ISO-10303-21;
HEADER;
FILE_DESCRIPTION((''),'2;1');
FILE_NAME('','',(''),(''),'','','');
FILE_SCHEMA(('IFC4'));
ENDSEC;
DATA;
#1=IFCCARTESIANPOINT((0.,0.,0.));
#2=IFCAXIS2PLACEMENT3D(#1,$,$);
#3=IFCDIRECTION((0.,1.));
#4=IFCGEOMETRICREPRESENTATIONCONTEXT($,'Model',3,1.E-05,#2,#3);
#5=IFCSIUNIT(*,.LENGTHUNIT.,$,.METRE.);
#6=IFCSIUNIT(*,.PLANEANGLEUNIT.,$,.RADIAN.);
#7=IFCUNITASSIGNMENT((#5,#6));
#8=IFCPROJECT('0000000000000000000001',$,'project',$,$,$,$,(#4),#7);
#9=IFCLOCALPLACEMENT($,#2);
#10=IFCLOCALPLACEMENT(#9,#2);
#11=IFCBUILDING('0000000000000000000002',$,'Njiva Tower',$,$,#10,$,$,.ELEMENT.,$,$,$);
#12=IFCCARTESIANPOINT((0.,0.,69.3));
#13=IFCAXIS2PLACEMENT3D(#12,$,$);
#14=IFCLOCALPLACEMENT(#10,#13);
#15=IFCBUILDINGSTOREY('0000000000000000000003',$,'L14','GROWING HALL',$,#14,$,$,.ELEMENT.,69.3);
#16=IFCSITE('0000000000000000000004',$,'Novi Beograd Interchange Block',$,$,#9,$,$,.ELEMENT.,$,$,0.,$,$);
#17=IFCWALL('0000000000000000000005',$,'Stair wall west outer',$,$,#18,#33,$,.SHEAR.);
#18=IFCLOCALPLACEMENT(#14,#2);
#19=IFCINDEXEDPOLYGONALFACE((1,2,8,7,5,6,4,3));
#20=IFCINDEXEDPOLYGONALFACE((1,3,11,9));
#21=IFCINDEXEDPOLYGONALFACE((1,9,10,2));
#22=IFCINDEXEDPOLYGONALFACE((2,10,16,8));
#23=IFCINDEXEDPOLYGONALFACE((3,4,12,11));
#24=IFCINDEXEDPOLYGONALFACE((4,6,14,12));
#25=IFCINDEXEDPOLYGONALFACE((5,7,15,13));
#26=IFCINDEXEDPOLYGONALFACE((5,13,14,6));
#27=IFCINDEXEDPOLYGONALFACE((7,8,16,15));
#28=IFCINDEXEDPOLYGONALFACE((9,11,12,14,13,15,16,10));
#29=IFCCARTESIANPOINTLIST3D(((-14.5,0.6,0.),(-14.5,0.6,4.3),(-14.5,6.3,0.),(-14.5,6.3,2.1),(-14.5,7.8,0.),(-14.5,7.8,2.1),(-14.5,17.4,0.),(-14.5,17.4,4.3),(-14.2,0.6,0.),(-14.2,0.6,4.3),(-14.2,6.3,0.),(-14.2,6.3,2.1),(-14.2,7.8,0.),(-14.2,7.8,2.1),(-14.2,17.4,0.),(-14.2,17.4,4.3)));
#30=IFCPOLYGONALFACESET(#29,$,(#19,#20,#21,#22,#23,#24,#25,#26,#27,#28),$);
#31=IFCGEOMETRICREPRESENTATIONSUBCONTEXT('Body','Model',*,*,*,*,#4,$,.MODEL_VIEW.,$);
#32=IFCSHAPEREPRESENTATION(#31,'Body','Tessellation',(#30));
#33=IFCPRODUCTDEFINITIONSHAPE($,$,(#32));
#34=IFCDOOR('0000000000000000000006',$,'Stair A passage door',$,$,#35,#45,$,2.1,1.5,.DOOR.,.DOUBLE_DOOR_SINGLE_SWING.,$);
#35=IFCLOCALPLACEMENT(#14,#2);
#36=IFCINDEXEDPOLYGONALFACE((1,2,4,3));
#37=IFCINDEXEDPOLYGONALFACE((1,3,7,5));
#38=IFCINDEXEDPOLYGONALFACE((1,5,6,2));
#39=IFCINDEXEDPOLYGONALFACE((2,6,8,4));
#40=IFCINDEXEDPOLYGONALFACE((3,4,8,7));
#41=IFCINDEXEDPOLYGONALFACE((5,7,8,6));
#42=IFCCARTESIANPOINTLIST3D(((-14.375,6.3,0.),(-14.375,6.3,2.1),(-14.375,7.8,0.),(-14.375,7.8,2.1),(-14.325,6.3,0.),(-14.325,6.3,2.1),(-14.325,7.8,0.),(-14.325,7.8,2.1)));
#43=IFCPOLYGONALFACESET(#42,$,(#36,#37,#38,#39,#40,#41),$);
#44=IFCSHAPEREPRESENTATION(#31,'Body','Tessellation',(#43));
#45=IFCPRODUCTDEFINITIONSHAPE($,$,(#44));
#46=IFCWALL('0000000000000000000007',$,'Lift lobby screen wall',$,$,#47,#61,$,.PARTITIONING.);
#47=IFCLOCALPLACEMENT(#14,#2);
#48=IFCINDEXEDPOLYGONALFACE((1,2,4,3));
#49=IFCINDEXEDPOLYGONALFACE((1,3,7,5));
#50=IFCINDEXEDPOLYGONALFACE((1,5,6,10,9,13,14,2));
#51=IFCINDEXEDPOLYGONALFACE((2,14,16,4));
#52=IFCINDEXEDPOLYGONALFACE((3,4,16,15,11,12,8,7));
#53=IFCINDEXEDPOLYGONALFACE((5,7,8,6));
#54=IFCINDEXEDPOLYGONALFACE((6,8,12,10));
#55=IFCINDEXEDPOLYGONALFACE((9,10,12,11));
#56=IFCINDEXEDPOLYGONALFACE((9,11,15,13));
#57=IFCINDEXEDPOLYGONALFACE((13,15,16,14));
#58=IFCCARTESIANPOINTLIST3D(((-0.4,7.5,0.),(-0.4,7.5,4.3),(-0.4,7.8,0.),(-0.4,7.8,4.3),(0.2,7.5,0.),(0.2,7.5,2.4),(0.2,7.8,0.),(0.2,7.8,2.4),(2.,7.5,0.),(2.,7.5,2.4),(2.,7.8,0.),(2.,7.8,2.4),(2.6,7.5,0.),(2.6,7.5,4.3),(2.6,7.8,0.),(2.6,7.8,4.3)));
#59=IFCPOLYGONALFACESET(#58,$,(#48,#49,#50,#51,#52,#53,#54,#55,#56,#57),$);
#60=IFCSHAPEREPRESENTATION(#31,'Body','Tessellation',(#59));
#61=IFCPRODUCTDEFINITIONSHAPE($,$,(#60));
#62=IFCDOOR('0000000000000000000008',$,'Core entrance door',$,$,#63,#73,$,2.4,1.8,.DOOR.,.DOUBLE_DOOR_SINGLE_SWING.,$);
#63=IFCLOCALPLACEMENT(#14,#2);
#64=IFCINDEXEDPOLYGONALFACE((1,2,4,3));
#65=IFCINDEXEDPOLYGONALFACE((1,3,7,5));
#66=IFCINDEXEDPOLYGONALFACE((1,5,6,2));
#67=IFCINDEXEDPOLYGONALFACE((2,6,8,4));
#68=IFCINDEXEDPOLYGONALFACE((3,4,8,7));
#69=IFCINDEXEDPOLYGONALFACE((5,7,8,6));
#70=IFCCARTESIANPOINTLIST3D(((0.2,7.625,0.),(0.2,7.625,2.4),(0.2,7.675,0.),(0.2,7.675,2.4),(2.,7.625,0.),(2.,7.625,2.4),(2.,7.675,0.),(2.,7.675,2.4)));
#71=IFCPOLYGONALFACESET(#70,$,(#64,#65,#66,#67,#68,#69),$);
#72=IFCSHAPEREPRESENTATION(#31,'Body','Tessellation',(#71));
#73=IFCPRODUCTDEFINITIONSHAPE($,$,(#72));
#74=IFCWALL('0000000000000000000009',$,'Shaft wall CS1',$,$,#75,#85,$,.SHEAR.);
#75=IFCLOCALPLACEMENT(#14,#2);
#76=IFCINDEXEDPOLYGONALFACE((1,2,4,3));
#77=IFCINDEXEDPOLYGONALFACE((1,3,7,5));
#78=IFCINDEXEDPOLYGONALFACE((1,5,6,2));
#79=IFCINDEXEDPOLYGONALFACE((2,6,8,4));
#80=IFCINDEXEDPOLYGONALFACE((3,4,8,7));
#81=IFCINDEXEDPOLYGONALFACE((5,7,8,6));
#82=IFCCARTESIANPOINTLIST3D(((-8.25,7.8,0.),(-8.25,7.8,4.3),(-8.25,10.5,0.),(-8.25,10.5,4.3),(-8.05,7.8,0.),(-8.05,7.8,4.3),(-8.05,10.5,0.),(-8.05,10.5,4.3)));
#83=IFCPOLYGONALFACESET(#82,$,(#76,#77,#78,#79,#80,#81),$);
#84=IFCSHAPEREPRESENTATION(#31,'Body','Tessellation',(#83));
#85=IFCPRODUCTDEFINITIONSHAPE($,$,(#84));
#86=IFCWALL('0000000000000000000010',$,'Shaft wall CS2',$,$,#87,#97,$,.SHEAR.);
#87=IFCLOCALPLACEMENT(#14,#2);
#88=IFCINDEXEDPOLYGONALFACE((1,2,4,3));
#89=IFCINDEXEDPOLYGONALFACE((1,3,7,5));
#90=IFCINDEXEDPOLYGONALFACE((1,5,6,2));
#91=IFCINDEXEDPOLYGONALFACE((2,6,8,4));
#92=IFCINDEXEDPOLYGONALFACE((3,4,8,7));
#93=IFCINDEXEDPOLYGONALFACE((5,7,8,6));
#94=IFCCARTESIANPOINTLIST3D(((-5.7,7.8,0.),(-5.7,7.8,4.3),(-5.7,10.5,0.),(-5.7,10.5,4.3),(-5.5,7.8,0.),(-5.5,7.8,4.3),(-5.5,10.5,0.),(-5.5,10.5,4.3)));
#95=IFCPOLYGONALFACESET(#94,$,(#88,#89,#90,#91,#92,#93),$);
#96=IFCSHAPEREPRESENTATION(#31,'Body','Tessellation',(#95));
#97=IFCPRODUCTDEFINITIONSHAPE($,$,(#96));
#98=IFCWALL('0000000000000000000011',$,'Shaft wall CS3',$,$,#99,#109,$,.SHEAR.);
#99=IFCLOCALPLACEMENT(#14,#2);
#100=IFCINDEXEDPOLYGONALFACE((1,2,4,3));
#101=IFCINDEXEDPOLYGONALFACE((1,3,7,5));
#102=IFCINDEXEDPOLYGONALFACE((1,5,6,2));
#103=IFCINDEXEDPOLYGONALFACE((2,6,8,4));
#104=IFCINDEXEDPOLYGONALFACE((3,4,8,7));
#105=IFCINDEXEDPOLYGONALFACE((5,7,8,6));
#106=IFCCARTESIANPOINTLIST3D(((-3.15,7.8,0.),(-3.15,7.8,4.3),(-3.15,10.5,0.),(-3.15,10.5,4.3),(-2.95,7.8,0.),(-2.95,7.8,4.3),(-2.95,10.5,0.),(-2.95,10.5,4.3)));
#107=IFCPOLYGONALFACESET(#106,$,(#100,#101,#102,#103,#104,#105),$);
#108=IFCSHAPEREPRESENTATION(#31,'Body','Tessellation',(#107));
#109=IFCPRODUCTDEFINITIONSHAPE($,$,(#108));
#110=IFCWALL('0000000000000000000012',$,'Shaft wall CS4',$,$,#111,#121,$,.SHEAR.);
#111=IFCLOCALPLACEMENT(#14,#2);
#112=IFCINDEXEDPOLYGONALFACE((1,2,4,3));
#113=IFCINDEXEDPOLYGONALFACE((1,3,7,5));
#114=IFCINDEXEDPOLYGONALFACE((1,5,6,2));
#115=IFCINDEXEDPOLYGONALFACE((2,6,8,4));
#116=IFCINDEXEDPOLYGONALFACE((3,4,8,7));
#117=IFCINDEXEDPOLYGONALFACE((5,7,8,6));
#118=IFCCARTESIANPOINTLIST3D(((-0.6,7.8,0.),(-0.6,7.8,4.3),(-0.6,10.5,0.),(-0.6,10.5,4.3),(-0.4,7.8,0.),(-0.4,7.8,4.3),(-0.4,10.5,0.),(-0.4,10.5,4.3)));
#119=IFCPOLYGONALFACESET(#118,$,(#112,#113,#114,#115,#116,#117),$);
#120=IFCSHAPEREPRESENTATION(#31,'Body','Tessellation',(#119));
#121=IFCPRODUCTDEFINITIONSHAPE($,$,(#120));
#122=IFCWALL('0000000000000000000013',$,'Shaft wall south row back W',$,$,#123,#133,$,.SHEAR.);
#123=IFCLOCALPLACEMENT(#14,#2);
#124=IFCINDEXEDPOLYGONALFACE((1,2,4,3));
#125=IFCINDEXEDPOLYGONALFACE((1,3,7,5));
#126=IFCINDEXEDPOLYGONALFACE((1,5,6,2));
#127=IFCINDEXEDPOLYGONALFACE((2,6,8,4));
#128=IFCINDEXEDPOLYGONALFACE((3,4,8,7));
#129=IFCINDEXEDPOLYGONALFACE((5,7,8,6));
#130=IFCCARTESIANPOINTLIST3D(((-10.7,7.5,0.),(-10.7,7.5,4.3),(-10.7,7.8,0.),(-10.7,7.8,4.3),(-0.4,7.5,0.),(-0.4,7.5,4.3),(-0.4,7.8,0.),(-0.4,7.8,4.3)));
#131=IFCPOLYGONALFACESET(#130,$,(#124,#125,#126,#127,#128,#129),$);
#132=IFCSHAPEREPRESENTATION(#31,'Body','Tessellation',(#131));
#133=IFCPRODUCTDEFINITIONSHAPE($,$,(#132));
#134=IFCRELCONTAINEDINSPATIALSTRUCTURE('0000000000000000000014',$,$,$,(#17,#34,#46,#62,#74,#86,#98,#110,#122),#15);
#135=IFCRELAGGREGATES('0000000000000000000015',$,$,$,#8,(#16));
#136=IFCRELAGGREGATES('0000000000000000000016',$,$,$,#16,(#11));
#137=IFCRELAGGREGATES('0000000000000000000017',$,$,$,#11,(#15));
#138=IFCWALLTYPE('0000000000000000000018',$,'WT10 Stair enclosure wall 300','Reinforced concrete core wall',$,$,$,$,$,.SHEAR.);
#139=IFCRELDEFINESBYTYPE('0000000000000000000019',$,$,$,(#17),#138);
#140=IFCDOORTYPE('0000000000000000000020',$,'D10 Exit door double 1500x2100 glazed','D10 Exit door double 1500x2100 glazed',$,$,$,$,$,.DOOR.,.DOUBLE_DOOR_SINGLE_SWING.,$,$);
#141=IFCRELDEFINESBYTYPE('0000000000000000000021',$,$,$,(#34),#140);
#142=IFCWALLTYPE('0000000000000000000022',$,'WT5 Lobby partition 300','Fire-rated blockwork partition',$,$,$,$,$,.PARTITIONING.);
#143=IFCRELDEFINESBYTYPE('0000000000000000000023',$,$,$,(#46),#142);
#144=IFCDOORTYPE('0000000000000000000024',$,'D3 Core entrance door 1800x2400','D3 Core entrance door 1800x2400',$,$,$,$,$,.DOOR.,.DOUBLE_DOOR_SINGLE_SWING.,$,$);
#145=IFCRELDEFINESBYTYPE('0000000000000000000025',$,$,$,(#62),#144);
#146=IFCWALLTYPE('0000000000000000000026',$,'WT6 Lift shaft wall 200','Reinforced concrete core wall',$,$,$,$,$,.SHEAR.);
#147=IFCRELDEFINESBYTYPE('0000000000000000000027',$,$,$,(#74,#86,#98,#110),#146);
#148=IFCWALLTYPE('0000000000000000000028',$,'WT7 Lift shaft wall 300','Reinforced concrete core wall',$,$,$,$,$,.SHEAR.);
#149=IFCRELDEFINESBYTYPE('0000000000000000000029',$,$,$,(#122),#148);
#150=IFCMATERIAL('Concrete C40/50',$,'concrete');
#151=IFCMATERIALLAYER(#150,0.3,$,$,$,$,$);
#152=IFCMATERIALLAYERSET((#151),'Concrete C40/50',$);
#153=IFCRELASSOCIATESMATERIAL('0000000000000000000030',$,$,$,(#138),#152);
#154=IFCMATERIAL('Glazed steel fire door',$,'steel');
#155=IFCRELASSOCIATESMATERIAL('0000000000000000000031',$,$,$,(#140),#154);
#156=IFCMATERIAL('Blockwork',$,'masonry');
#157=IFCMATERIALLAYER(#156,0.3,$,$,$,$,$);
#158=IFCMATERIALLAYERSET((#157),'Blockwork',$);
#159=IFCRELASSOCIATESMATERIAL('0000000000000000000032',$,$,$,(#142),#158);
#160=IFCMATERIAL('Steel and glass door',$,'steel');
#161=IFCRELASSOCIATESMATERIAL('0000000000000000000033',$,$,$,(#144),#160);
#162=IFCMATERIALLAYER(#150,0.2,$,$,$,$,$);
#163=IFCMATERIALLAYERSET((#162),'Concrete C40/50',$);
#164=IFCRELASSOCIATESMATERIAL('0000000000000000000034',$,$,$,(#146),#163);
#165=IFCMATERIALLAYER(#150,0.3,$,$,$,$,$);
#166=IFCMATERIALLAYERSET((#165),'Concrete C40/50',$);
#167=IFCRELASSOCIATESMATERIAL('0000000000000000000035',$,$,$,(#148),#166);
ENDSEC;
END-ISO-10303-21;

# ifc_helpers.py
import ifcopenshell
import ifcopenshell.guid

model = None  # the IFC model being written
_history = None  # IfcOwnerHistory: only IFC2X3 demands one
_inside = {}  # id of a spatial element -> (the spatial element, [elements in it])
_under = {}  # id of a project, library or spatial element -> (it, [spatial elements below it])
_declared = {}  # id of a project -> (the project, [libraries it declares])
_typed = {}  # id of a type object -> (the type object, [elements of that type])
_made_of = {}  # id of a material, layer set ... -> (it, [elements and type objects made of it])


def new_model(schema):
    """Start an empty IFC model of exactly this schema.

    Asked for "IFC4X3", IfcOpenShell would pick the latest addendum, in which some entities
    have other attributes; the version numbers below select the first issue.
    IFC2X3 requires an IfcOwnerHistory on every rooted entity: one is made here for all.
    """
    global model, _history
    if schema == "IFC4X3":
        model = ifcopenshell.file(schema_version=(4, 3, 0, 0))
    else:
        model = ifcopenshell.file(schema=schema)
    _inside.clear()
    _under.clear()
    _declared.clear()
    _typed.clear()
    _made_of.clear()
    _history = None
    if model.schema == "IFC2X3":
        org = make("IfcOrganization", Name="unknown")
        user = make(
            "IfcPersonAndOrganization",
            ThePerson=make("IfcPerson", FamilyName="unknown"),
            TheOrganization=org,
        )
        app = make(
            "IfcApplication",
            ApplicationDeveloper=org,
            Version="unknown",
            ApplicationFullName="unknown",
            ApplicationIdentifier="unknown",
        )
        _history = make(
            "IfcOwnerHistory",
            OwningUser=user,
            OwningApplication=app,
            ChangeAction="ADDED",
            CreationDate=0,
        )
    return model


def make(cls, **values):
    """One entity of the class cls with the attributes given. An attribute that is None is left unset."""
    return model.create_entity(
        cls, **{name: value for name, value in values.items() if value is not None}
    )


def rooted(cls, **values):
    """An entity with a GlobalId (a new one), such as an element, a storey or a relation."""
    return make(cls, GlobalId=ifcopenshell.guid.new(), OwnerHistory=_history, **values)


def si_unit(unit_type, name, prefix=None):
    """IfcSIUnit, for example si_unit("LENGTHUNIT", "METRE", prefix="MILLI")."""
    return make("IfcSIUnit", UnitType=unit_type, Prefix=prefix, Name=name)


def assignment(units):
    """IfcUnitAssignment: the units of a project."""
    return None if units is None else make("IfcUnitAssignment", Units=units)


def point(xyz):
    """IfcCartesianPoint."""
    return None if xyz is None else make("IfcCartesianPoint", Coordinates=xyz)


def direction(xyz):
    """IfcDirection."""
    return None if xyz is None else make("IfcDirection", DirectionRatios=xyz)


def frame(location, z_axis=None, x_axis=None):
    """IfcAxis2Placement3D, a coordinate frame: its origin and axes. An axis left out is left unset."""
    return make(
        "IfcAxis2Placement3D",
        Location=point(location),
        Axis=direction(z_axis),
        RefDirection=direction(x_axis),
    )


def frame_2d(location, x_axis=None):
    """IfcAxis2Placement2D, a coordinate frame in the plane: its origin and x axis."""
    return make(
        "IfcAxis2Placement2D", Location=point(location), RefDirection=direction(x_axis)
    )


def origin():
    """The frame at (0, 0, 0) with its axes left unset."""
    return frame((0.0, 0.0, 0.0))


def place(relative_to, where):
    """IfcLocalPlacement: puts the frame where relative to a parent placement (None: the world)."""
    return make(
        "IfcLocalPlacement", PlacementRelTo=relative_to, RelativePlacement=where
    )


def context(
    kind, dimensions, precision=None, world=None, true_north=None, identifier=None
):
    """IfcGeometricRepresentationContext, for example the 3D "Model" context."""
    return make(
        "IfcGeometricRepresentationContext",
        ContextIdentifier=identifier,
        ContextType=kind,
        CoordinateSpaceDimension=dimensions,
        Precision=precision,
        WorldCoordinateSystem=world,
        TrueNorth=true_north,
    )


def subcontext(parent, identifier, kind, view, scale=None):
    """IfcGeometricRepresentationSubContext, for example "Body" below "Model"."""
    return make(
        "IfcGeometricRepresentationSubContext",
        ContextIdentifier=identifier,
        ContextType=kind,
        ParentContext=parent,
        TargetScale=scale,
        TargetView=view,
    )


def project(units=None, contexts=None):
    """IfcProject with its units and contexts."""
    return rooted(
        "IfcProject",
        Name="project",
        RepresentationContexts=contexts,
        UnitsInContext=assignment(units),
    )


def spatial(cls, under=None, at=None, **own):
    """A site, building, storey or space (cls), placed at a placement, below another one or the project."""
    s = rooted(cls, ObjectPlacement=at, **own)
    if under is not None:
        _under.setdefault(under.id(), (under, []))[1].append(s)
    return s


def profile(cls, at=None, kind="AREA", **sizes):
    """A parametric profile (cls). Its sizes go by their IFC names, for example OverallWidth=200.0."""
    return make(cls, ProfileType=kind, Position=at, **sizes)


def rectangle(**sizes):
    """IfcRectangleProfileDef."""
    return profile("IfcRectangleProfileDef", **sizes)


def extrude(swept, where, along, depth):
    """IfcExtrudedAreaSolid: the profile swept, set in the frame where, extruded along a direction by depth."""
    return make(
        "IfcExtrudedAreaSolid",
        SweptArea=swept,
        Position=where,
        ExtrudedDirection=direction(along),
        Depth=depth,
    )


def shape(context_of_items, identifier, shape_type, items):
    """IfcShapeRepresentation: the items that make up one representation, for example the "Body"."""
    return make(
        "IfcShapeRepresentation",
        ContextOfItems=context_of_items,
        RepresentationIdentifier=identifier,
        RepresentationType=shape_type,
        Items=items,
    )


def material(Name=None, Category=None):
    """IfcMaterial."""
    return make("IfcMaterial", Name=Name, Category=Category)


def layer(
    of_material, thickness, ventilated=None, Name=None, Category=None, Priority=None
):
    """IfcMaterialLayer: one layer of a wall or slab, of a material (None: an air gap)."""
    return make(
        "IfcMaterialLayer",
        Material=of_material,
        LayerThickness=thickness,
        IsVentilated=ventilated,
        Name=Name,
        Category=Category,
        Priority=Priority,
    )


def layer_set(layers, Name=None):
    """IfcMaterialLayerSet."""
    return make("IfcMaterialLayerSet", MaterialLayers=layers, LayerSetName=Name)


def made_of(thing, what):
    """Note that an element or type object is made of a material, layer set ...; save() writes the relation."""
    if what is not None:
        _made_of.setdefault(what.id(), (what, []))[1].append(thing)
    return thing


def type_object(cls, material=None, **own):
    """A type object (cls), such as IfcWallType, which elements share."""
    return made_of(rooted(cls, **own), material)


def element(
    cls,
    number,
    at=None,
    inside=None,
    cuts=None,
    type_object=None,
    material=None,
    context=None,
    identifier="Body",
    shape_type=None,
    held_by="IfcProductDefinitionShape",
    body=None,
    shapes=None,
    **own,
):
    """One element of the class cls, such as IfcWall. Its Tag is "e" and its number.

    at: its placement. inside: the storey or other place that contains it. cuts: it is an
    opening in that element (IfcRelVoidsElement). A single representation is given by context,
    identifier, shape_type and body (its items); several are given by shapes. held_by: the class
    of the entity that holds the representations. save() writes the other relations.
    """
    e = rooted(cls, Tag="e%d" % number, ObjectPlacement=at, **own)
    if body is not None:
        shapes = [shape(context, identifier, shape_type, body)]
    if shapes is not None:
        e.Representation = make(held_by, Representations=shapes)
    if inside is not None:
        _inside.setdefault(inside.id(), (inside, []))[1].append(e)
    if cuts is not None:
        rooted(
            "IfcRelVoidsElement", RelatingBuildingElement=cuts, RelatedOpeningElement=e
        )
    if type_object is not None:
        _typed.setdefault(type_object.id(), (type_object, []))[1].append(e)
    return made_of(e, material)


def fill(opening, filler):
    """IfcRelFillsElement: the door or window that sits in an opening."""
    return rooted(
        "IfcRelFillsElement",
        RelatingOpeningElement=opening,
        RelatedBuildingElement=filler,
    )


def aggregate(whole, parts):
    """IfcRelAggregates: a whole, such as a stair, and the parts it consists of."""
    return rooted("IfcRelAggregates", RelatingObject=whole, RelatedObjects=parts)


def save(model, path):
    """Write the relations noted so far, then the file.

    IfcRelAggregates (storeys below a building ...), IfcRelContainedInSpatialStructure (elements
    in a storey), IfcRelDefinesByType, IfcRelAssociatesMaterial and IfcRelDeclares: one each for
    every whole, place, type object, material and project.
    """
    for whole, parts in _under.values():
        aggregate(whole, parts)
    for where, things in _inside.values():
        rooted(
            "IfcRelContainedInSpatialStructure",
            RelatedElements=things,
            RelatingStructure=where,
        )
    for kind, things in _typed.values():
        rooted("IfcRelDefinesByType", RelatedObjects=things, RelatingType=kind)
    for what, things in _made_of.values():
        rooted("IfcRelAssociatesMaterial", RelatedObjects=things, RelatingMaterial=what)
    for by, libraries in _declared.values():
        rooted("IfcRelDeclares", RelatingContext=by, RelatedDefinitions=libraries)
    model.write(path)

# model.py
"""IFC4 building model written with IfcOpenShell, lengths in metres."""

from ifc_helpers import new_model, si_unit, direction, frame, frame_2d, origin, place, context, subcontext, project, spatial, rectangle, extrude, material, layer, layer_set, type_object, element, fill, save


model = new_model("IFC4")

# Units and contexts
model_context = context("Model", 3, precision=1e-05, world=origin(), true_north=direction((0.0, 1.0)))
body_context = subcontext(model_context, "Body", "Model", "MODEL_VIEW")
ifc_project = project(units=[si_unit("LENGTHUNIT", "METRE"), si_unit("PLANEANGLEUNIT", "RADIAN")], contexts=[model_context])

# Site, building, storey
site_placement = place(None, origin())
site = spatial("IfcSite", under=ifc_project, at=site_placement, Name="Novi Beograd Interchange Block", CompositionType="ELEMENT", RefElevation=0.0)
building_placement = place(site_placement, origin())
building = spatial("IfcBuilding", under=site, at=building_placement, Name="Njiva Tower", CompositionType="ELEMENT")
storey_placement = place(building_placement, frame((0.0, 0.0, 69.3)))
storey = spatial("IfcBuildingStorey", under=building, at=storey_placement, Name="L14", Description="GROWING HALL", CompositionType="ELEMENT", Elevation=69.3)

# Shared definitions
ifc_material_1 = material(Name="Blockwork", Category="masonry")

# Shared definitions
ifc_material_2 = material(Name="Concrete C40/50", Category="concrete")
ifc_layer_1 = layer(ifc_material_2, 0.3)
ifc_layer_set_1 = layer_set([ifc_layer_1], Name="Concrete C40/50")
wall_type_1 = type_object("IfcWallType", Name="WT10 Stair enclosure wall 300", Description="Reinforced concrete core wall", PredefinedType="SHEAR", material=ifc_layer_set_1)
ifc_material_3 = material(Name="Glazed steel fire door", Category="steel")

# Walls, openings, doors
wall_1_placement = place(storey_placement, frame((-14.35, 0.6, 0.0), z_axis=(0.0, 0.0, 1.0), x_axis=(0.0, 1.0, 0.0)))
wall_1 = element("IfcWall", 1, at=wall_1_placement, inside=storey, type_object=wall_type_1, Name="Stair wall west outer", PredefinedType="SHEAR", context=body_context, shape_type="SweptSolid", body=[
    extrude(rectangle(XDim=16.8, YDim=0.3, at=frame_2d((8.4, 0.0))), origin(), (0.0, 0.0, 1.0), 4.3),
])
opening_1_placement = place(wall_1_placement, frame((5.7, 0.0, 0.0)))
opening_1 = element("IfcOpeningElement", 2, at=opening_1_placement, cuts=wall_1, PredefinedType="OPENING", context=body_context, shape_type="SweptSolid", body=[
    extrude(rectangle(XDim=1.5, YDim=2.1, at=frame_2d((0.75, 1.05))), frame((0.0, 0.16, 0.0), z_axis=(0.0, -1.0, 0.0), x_axis=(1.0, 0.0, 0.0)), (0.0, 0.0, 1.0), 0.32),
])
door_type_1 = type_object("IfcDoorType", Name="D10 Exit door double 1500x2100 glazed", Description="D10 Exit door double 1500x2100 glazed", OperationType="DOUBLE_DOOR_SINGLE_SWING", PredefinedType="DOOR", material=ifc_material_3)
door_1_placement = place(opening_1_placement, origin())
door_1 = element("IfcDoor", 3, at=door_1_placement, inside=storey, type_object=door_type_1, Name="Stair A passage door", OperationType="DOUBLE_DOOR_SINGLE_SWING", OverallHeight=2.1, OverallWidth=1.5, PredefinedType="DOOR", context=body_context, shape_type="SweptSolid", body=[
    extrude(rectangle(XDim=1.5, YDim=2.1, at=frame_2d((0.75, 1.05))), frame((0.0, 0.025, 0.0), z_axis=(0.0, -1.0, 0.0), x_axis=(1.0, 0.0, 0.0)), (0.0, 0.0, 1.0), 0.05),
])
fill(opening_1, door_1)
ifc_layer_2 = layer(ifc_material_1, 0.3)
ifc_layer_set_2 = layer_set([ifc_layer_2], Name="Blockwork")
wall_type_2 = type_object("IfcWallType", Name="WT5 Lobby partition 300", Description="Fire-rated blockwork partition", PredefinedType="PARTITIONING", material=ifc_layer_set_2)
wall_2_placement = place(storey_placement, frame((-0.4, 7.65, 0.0), z_axis=(0.0, 0.0, 1.0), x_axis=(1.0, 0.0, 0.0)))
wall_2 = element("IfcWall", 4, at=wall_2_placement, inside=storey, type_object=wall_type_2, Name="Lift lobby screen wall", PredefinedType="PARTITIONING", context=body_context, shape_type="SweptSolid", body=[
    extrude(rectangle(XDim=3.0, YDim=0.3, at=frame_2d((1.5, 0.0))), origin(), (0.0, 0.0, 1.0), 4.3),
])
opening_2_placement = place(wall_2_placement, frame((0.6, 0.0, 0.0)))
opening_2 = element("IfcOpeningElement", 5, at=opening_2_placement, cuts=wall_2, PredefinedType="OPENING", context=body_context, shape_type="SweptSolid", body=[
    extrude(rectangle(XDim=1.8, YDim=2.4, at=frame_2d((0.9, 1.2))), frame((0.0, 0.16, 0.0), z_axis=(0.0, -1.0, 0.0), x_axis=(1.0, 0.0, 0.0)), (0.0, 0.0, 1.0), 0.32),
])
ifc_material_4 = material(Name="Steel and glass door", Category="steel")
door_type_2 = type_object("IfcDoorType", Name="D3 Core entrance door 1800x2400", Description="D3 Core entrance door 1800x2400", OperationType="DOUBLE_DOOR_SINGLE_SWING", PredefinedType="DOOR", material=ifc_material_4)
door_2_placement = place(opening_2_placement, origin())
door_2 = element("IfcDoor", 6, at=door_2_placement, inside=storey, type_object=door_type_2, Name="Core entrance door", OperationType="DOUBLE_DOOR_SINGLE_SWING", OverallHeight=2.4, OverallWidth=1.8, PredefinedType="DOOR", context=body_context, shape_type="SweptSolid", body=[
    extrude(rectangle(XDim=1.8, YDim=2.4, at=frame_2d((0.9, 1.2))), frame((0.0, 0.025, 0.0), z_axis=(0.0, -1.0, 0.0), x_axis=(1.0, 0.0, 0.0)), (0.0, 0.0, 1.0), 0.05),
])
fill(opening_2, door_2)

# Walls
ifc_layer_3 = layer(ifc_material_2, 0.2)
ifc_layer_set_3 = layer_set([ifc_layer_3], Name="Concrete C40/50")
wall_type_3 = type_object("IfcWallType", Name="WT6 Lift shaft wall 200", Description="Reinforced concrete core wall", PredefinedType="SHEAR", material=ifc_layer_set_3)
for number, where, z_axis, x_axis, name in (
    (7, (-8.15, 7.8, 0.0), (0.0, 0.0, 1.0), (0.0, 1.0, 0.0), "Shaft wall CS1"),
    (8, (-5.6, 7.8, 0.0), (0.0, 0.0, 1.0), (0.0, 1.0, 0.0), "Shaft wall CS2"),
    (9, (-3.05, 7.8, 0.0), (0.0, 0.0, 1.0), (0.0, 1.0, 0.0), "Shaft wall CS3"),
    (10, (-0.5, 7.8, 0.0), (0.0, 0.0, 1.0), (0.0, 1.0, 0.0), "Shaft wall CS4"),
):
    element("IfcWall", number, at=place(storey_placement, frame(where, z_axis=z_axis, x_axis=x_axis)), inside=storey, type_object=wall_type_3, Name=name, PredefinedType="SHEAR", context=body_context, shape_type="SweptSolid", body=[
        extrude(rectangle(XDim=2.7, YDim=0.2, at=frame_2d((1.35, 0.0))), origin(), (0.0, 0.0, 1.0), 4.3),
    ])
ifc_layer_4 = layer(ifc_material_2, 0.3)
ifc_layer_set_4 = layer_set([ifc_layer_4], Name="Concrete C40/50")
wall_type_4 = type_object("IfcWallType", Name="WT7 Lift shaft wall 300", Description="Reinforced concrete core wall", PredefinedType="SHEAR", material=ifc_layer_set_4)
wall_3_placement = place(storey_placement, frame((-10.7, 7.65, 0.0), z_axis=(0.0, 0.0, 1.0), x_axis=(1.0, 0.0, 0.0)))
element("IfcWall", 11, at=wall_3_placement, inside=storey, type_object=wall_type_4, Name="Shaft wall south row back W", PredefinedType="SHEAR", context=body_context, shape_type="SweptSolid", body=[
    extrude(rectangle(XDim=10.3, YDim=0.3, at=frame_2d((5.15, 0.0))), origin(), (0.0, 0.0, 1.0), 4.3),
])

save(model, "model.ifc")
